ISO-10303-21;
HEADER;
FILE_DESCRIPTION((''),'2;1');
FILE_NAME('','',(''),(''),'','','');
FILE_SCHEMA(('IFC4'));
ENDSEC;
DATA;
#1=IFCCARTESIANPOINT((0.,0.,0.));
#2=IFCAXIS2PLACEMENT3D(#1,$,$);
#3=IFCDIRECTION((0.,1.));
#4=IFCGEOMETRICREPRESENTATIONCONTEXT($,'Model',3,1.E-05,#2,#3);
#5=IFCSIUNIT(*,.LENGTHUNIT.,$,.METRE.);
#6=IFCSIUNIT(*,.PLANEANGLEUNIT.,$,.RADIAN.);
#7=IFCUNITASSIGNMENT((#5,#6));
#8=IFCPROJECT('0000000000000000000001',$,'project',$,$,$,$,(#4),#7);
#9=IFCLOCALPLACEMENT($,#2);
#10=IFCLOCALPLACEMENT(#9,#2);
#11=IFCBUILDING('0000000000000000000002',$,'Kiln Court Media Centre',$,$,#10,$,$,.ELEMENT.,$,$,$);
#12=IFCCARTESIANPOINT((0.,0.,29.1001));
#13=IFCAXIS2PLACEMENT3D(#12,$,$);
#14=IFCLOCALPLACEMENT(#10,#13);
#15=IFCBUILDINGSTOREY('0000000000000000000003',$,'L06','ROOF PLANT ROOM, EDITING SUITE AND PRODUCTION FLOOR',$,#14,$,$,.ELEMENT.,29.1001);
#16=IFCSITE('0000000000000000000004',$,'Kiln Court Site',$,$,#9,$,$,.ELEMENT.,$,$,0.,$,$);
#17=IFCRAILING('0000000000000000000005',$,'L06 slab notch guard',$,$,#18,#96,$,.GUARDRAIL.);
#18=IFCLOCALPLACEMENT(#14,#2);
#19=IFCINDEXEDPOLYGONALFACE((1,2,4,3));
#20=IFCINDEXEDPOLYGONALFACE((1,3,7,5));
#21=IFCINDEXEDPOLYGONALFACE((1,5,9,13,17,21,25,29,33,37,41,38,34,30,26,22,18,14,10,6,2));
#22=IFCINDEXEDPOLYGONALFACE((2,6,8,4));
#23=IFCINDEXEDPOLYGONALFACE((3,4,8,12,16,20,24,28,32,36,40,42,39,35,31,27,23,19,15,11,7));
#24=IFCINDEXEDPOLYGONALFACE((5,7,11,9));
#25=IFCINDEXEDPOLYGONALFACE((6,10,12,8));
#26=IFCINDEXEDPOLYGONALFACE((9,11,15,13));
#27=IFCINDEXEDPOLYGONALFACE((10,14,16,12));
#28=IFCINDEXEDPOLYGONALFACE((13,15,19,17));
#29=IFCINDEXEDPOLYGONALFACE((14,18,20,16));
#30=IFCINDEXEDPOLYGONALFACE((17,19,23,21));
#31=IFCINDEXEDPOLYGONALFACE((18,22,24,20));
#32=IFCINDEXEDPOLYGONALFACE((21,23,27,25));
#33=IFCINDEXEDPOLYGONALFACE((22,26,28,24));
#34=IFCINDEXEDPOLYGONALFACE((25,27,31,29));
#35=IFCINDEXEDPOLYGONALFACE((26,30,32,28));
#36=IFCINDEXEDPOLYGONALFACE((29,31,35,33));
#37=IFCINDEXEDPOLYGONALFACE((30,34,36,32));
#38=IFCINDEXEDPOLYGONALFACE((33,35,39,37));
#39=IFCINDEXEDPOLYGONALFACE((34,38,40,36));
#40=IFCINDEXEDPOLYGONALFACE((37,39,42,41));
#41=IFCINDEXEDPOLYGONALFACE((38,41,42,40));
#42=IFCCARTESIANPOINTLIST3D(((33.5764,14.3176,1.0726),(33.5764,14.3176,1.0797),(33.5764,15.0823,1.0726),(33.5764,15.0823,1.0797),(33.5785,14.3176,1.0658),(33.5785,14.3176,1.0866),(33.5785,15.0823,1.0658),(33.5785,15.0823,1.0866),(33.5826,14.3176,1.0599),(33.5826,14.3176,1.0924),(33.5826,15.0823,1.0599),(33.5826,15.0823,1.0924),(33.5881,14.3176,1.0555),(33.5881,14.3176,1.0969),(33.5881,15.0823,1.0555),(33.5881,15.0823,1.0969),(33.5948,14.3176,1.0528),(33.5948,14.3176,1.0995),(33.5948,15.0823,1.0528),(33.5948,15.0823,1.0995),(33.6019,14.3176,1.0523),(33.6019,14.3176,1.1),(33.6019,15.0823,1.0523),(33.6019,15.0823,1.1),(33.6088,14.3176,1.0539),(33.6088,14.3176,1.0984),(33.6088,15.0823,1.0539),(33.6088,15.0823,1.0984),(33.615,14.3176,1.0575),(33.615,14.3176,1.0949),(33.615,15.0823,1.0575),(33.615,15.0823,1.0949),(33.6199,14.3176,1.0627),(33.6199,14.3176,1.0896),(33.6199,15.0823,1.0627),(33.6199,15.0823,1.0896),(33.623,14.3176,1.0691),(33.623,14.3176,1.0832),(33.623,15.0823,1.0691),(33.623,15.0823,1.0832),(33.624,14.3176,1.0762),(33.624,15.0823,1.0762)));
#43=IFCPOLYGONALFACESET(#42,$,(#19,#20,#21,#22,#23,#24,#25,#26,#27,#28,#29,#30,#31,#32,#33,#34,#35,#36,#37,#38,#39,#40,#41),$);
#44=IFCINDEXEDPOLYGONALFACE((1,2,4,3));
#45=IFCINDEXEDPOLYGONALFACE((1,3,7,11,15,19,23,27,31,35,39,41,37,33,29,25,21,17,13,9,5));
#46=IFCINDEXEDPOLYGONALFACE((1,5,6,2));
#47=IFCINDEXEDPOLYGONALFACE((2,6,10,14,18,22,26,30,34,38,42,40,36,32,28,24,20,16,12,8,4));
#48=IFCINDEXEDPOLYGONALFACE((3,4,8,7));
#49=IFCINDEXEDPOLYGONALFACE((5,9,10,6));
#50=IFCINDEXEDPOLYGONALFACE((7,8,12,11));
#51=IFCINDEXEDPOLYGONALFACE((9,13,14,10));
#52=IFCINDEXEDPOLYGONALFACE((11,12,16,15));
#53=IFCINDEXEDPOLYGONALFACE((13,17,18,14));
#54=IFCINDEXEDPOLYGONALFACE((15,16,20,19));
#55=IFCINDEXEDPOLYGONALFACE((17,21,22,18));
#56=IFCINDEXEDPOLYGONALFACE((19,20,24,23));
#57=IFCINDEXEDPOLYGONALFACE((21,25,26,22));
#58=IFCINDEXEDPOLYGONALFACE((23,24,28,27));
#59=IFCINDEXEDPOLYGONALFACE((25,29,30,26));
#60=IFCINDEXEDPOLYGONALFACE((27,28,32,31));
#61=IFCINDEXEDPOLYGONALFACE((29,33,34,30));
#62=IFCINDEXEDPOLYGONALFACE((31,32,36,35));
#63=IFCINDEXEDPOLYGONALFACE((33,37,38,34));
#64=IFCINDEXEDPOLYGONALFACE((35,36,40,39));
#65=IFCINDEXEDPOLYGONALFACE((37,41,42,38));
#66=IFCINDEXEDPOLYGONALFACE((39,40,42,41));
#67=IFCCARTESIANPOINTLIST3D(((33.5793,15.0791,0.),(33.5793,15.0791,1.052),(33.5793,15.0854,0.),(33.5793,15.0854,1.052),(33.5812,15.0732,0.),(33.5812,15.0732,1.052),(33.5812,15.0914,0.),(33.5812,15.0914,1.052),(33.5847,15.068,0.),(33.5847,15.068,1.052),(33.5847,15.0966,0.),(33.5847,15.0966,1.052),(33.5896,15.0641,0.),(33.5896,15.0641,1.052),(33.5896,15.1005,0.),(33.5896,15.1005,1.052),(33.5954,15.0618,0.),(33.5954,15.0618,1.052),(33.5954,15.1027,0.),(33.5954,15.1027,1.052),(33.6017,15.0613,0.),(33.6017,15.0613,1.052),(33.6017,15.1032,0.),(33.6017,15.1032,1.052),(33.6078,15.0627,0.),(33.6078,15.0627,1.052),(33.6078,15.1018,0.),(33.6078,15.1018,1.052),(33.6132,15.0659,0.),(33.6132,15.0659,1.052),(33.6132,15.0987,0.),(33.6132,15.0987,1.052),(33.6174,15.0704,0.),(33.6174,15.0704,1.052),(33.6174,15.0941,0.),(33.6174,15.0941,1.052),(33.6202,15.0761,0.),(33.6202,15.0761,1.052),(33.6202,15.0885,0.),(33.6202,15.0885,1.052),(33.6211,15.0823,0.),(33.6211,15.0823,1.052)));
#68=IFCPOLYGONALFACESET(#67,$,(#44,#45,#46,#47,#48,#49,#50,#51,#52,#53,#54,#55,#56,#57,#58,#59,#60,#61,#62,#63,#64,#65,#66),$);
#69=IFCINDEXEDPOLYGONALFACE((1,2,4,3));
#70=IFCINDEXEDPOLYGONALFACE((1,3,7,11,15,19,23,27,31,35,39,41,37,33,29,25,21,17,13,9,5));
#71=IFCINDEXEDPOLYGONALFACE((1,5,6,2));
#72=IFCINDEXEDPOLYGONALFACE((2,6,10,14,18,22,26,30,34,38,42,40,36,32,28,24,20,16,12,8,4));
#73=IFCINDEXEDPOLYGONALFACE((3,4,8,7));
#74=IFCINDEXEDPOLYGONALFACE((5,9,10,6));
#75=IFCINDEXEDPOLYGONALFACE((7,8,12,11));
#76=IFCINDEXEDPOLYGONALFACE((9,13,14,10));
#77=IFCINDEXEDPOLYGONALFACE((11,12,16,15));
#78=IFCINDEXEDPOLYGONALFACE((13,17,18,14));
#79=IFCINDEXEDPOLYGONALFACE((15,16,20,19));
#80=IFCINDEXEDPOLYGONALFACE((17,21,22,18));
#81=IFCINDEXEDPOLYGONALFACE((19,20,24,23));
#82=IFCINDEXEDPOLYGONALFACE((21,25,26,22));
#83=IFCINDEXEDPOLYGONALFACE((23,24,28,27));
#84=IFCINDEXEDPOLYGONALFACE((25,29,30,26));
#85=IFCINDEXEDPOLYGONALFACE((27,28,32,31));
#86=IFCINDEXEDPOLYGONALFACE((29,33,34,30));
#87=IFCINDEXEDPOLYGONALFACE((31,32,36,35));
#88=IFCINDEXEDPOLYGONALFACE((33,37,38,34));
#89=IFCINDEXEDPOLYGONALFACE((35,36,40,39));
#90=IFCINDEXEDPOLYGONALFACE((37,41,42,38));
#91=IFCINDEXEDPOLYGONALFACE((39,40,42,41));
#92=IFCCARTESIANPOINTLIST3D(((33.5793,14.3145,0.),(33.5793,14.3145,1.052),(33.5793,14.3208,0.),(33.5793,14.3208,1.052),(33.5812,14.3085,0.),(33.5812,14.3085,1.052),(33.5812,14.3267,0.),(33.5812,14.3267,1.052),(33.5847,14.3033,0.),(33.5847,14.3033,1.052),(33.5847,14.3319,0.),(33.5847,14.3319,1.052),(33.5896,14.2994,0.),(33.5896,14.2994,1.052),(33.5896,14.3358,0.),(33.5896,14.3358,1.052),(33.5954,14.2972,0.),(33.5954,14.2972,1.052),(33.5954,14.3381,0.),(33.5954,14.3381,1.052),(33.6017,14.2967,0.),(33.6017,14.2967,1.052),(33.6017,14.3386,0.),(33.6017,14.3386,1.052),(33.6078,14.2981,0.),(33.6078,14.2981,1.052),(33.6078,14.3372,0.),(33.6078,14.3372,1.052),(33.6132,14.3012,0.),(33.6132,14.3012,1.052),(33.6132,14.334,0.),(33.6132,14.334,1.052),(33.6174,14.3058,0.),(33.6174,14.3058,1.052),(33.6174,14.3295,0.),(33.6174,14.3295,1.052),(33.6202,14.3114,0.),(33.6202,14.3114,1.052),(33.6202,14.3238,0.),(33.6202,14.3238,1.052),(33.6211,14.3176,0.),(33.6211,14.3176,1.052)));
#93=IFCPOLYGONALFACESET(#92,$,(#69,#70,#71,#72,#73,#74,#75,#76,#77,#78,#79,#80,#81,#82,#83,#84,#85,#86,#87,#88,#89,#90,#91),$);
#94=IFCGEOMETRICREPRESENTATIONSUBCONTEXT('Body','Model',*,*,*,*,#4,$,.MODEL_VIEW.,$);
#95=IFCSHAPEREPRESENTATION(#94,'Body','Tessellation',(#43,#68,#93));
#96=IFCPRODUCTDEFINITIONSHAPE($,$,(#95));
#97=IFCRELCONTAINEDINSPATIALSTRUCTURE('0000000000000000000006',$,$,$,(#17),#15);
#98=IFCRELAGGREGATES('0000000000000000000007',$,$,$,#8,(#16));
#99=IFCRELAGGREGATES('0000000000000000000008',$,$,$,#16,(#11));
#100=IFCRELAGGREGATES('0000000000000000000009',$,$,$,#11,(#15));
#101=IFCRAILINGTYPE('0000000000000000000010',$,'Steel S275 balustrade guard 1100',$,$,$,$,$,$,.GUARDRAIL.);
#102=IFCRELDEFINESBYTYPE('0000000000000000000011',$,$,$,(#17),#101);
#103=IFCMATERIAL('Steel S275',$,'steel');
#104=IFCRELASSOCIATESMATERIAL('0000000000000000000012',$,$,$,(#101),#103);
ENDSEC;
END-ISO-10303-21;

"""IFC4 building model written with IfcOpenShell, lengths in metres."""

from ifc_helpers import new_model, si_unit, direction, frame, origin, origin_2d, place, context, subcontext, project, spatial, circle, extrude, material, type_object, element, save


model = new_model("IFC4")

# Units and contexts
model_context = context("Model", 3, precision=1e-05, world=origin(), true_north=direction((0.0, 1.0)))
body_context = subcontext(model_context, "Body", "Model", "MODEL_VIEW")
ifc_project = project(units=[si_unit("LENGTHUNIT", "METRE"), si_unit("PLANEANGLEUNIT", "RADIAN")], contexts=[model_context])

# Site, building, storey
site_placement = place(None, origin())
site = spatial("IfcSite", under=ifc_project, at=site_placement, Name="Kiln Court Site", CompositionType="ELEMENT", RefElevation=0.0)
building_placement = place(site_placement, origin())
building = spatial("IfcBuilding", under=site, at=building_placement, Name="Kiln Court Media Centre", CompositionType="ELEMENT")
storey_placement = place(building_placement, frame((0.0, 0.0, 29.1001)))
storey = spatial("IfcBuildingStorey", under=building, at=storey_placement, Name="L06", Description="ROOF PLANT ROOM, EDITING SUITE AND PRODUCTION FLOOR", CompositionType="ELEMENT", Elevation=29.1001)

# Railing
ifc_material_1 = material(Name="Steel S275", Category="steel")
railing_type = type_object("IfcRailingType", Name="Steel S275 balustrade guard 1100", PredefinedType="GUARDRAIL", material=ifc_material_1)
railing_placement = place(storey_placement, frame((33.6001, 15.0823, 0.0)))
element("IfcRailing", 1, at=railing_placement, inside=storey, type_object=railing_type, Name="L06 slab notch guard", PredefinedType="GUARDRAIL", context=body_context, shape_type="SweptSolid", body=[
    extrude(circle(Radius=0.0239, at=origin_2d()), frame((0.0, 0.0, 1.0762), z_axis=(0.0, -1.0, 0.0), x_axis=(1.0, 0.0, 0.0)), (0.0, 0.0, 1.0), 0.7646),
    extrude(circle(Radius=0.021, at=origin_2d()), origin(), (0.0, 0.0, 1.0), 1.052),
    extrude(circle(Radius=0.021, at=origin_2d()), frame((0.0, -0.7646, 0.0)), (0.0, 0.0, 1.0), 1.052),
])

save(model, "model.ifc")
